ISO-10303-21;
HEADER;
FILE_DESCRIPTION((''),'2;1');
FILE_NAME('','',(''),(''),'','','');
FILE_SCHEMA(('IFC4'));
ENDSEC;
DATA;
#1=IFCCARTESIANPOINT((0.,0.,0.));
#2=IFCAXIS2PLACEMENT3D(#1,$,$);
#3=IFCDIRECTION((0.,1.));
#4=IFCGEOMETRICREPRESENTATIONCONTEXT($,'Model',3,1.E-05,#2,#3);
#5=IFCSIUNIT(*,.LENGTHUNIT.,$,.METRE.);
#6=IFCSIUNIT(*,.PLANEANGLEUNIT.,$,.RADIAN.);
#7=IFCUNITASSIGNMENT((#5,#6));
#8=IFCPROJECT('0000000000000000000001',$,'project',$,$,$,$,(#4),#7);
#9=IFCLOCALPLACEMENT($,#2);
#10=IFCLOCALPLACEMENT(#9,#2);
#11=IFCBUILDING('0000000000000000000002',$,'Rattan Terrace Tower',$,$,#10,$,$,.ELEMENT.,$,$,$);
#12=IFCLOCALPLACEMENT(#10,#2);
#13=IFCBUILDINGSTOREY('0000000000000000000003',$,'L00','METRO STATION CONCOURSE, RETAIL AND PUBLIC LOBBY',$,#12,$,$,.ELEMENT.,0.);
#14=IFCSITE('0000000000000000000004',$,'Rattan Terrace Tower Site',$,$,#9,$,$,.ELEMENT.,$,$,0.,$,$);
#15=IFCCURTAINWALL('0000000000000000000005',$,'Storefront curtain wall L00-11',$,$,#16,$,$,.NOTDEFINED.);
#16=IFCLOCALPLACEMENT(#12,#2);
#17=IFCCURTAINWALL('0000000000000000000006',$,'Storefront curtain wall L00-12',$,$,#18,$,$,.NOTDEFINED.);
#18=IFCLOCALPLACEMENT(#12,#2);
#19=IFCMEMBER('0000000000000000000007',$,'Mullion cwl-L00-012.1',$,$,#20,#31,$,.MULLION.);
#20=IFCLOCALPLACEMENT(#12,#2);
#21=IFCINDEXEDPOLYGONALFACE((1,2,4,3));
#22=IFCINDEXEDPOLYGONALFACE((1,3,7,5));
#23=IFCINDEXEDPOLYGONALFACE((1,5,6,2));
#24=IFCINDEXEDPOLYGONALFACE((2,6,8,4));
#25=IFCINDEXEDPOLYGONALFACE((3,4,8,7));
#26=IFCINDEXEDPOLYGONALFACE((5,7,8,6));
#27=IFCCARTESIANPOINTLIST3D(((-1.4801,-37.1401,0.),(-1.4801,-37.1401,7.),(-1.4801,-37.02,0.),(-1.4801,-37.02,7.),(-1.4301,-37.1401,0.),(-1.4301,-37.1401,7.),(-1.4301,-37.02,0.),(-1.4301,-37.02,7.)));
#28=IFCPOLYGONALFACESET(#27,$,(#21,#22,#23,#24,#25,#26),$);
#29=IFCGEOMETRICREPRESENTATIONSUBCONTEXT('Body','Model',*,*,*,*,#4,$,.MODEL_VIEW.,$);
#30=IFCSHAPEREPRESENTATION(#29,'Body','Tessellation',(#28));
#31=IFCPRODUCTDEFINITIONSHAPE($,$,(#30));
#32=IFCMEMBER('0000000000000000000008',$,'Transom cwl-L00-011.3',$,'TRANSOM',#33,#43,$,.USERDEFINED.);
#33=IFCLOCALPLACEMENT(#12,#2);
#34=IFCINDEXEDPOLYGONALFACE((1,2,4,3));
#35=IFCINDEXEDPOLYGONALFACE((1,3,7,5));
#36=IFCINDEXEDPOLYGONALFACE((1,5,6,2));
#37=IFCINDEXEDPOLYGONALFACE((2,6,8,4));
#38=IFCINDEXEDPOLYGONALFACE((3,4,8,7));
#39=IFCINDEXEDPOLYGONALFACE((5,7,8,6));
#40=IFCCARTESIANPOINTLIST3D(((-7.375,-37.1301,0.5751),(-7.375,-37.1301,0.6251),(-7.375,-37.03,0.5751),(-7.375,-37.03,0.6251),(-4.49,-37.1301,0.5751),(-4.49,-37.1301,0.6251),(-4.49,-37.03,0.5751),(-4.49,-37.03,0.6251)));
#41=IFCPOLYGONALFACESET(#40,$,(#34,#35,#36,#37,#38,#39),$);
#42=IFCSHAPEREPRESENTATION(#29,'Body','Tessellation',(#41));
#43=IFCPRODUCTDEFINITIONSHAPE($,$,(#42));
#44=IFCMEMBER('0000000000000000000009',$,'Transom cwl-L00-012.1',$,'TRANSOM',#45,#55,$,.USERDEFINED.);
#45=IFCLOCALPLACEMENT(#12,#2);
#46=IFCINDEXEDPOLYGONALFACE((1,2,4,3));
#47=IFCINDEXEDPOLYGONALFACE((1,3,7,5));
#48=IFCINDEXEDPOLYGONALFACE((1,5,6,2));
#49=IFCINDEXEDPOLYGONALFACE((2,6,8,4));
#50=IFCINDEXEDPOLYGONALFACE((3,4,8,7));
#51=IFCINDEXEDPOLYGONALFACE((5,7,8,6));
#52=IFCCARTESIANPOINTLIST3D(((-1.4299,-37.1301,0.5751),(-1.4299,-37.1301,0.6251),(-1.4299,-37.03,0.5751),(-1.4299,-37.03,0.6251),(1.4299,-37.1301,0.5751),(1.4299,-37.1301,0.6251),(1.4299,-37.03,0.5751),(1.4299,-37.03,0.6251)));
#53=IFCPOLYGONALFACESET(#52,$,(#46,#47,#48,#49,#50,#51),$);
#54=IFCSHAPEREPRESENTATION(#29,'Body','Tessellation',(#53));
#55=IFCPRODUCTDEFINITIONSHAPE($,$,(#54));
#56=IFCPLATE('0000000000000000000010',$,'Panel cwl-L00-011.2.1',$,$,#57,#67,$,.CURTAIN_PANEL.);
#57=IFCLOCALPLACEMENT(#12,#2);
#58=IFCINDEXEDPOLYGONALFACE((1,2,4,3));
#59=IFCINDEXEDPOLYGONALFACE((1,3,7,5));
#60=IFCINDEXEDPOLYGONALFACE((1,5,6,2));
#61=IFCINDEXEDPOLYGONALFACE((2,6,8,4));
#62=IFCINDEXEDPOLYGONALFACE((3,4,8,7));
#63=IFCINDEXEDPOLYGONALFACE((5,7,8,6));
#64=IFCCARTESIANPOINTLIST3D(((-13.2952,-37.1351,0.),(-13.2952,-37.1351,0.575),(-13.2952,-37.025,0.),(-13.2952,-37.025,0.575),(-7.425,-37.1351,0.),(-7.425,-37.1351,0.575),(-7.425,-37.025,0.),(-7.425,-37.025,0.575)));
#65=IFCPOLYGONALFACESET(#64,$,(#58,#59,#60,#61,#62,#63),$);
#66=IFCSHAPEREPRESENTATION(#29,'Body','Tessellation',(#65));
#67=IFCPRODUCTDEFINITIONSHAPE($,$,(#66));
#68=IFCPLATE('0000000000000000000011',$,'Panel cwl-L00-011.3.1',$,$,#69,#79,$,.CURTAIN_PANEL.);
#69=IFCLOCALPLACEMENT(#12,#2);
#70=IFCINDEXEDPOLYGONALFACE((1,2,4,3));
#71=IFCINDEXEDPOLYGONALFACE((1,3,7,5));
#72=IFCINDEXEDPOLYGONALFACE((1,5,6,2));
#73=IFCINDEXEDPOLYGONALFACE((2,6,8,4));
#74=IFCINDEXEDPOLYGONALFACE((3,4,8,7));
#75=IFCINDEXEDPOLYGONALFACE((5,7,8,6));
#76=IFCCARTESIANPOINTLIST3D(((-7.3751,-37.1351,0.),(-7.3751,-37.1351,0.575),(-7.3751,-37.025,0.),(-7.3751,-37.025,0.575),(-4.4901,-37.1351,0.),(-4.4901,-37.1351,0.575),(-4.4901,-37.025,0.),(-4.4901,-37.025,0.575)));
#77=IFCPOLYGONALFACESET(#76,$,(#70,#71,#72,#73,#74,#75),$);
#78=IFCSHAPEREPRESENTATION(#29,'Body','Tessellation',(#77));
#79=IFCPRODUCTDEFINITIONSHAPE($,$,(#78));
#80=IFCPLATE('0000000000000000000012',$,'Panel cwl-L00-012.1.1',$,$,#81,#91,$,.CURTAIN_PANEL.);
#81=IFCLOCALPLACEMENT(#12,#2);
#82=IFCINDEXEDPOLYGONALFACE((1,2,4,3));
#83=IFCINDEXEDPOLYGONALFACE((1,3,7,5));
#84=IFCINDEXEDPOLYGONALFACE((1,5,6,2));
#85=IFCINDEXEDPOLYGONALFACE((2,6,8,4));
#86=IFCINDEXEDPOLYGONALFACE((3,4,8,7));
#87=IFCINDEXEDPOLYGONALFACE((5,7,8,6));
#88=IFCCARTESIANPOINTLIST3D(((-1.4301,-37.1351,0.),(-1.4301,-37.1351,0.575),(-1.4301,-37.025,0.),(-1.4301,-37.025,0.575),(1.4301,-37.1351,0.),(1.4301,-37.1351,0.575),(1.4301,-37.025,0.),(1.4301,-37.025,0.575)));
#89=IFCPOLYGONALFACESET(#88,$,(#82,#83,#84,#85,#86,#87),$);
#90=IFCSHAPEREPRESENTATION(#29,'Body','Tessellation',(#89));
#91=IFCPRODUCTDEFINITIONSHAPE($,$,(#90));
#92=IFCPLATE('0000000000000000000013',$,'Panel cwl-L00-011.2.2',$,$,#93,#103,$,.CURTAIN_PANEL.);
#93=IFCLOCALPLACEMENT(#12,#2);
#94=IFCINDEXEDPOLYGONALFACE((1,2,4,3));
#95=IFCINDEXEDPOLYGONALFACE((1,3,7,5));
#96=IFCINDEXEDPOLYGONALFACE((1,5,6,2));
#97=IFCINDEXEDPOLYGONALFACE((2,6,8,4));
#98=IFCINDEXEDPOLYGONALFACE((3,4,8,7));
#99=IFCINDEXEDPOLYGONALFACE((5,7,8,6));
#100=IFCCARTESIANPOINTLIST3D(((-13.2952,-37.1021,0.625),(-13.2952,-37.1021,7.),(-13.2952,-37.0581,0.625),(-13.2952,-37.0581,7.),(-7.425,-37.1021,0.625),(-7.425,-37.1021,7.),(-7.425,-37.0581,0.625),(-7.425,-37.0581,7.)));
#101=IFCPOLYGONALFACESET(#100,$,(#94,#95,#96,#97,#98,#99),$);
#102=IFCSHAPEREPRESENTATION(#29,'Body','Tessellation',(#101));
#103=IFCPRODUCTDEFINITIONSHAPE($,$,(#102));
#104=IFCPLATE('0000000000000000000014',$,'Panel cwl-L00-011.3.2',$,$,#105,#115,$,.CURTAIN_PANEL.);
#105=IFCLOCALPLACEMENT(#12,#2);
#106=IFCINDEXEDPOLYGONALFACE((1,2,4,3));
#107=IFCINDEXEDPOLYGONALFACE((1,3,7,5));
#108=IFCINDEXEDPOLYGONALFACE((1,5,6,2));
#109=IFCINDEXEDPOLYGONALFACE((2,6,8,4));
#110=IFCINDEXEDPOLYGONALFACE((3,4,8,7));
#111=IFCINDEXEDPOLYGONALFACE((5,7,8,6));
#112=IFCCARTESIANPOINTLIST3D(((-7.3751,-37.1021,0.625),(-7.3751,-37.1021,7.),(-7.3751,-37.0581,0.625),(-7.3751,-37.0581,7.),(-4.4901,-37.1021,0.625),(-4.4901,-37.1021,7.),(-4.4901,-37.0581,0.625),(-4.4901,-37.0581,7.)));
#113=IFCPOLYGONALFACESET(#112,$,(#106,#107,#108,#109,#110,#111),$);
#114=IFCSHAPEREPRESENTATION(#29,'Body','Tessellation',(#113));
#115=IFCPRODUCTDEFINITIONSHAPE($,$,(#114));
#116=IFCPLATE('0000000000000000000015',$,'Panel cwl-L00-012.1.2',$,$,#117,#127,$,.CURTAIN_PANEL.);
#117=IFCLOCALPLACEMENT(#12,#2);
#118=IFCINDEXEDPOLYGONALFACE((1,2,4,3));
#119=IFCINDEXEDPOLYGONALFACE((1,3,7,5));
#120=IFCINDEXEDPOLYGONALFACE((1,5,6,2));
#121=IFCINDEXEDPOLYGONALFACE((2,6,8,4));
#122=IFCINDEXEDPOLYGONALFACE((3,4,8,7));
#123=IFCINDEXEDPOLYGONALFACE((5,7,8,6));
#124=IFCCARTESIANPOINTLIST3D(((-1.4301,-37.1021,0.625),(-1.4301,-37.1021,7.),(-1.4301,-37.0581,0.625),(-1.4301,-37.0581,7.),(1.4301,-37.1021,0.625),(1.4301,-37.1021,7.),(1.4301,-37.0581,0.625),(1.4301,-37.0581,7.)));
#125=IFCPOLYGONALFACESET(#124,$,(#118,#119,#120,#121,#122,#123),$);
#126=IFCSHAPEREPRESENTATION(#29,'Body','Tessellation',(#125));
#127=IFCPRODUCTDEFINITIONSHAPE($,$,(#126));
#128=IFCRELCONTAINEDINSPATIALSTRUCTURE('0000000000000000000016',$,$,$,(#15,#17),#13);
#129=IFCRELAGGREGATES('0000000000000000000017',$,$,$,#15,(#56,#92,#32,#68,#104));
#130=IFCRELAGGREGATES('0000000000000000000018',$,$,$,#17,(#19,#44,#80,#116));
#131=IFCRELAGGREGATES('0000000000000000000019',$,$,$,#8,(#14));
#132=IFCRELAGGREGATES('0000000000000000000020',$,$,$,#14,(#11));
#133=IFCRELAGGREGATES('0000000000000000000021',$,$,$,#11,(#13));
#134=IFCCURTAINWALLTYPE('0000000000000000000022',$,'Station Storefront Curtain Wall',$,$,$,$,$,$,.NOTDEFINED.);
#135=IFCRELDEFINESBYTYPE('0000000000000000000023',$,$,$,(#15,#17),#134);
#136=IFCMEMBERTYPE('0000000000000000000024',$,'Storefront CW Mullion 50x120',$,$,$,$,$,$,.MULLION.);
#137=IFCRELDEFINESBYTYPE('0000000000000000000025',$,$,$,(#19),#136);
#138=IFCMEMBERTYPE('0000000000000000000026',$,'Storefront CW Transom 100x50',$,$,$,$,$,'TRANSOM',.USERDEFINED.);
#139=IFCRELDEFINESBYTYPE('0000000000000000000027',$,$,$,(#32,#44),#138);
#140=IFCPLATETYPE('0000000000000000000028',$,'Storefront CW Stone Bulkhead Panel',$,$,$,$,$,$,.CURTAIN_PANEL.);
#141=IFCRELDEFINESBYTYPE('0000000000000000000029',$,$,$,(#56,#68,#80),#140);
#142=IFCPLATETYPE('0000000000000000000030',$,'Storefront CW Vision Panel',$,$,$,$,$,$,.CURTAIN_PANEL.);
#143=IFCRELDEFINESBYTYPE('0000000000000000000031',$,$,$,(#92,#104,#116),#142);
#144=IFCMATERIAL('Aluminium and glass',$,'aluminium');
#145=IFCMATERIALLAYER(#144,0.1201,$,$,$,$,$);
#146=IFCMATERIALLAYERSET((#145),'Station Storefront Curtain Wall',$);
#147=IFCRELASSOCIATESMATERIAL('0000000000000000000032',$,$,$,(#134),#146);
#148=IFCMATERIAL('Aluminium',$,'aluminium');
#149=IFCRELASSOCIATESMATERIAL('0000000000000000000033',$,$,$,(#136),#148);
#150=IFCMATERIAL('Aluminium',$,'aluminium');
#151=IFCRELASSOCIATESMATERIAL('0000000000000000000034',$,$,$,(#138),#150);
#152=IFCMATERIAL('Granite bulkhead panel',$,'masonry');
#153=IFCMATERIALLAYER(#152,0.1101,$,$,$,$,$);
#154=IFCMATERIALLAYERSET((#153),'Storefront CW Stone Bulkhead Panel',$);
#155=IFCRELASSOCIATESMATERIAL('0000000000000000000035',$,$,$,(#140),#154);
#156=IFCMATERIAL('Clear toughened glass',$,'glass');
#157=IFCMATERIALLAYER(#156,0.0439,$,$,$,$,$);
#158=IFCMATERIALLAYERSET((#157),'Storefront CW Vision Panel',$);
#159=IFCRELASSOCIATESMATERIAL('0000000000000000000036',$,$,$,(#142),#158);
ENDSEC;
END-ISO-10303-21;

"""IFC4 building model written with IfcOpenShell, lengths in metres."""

from ifc_helpers import new_model, si_unit, direction, frame, origin, origin_2d, place, context, subcontext, project, spatial, rectangle, extrude, material, layer, layer_set, material_profile, profile_set, type_object, element, aggregate, save


model = new_model("IFC4")

# Units and contexts
model_context = context("Model", 3, precision=1e-05, world=origin(), true_north=direction((0.0, 1.0)))
body_context = subcontext(model_context, "Body", "Model", "MODEL_VIEW")
ifc_project = project(units=[si_unit("LENGTHUNIT", "METRE"), si_unit("PLANEANGLEUNIT", "RADIAN")], contexts=[model_context])

# Site, building, storey
site_placement = place(None, origin())
site = spatial("IfcSite", under=ifc_project, at=site_placement, Name="Rattan Terrace Tower Site", CompositionType="ELEMENT", RefElevation=0.0)
building_placement = place(site_placement, origin())
building = spatial("IfcBuilding", under=site, at=building_placement, Name="Rattan Terrace Tower", CompositionType="ELEMENT")
storey_placement = place(building_placement, origin())
storey = spatial("IfcBuildingStorey", under=building, at=storey_placement, Name="L00", Description="METRO STATION CONCOURSE, RETAIL AND PUBLIC LOBBY", CompositionType="ELEMENT", Elevation=0.0)

# Curtain wall
ifc_material_1 = material(Name="Aluminium and glass", Category="aluminium")
ifc_layer_1 = layer(ifc_material_1, 0.1201)
ifc_layer_set_1 = layer_set([ifc_layer_1], Name="Station Storefront Curtain Wall")
curtain_wall_type = type_object("IfcCurtainWallType", Name="Station Storefront Curtain Wall", PredefinedType="NOTDEFINED", material=ifc_layer_set_1)
curtain_wall_1_placement = place(storey_placement, origin())
curtain_wall_1 = element("IfcCurtainWall", 1, at=curtain_wall_1_placement, inside=storey, type_object=curtain_wall_type, Name="Storefront curtain wall L00-11", PredefinedType="NOTDEFINED")
ifc_material_2 = material(Name="Aluminium", Category="aluminium")
ifc_material_profile_1 = material_profile(ifc_material_2, rectangle(XDim=0.05, YDim=0.1201, at=origin_2d()), Name="Aluminium 50x120")
ifc_profile_set_1 = profile_set([ifc_material_profile_1], Name="Aluminium")
member_type_1 = type_object("IfcMemberType", Name="Storefront CW Mullion 50x120", PredefinedType="MULLION", material=ifc_profile_set_1)

# Curtain wall, member
curtain_wall_2_placement = place(storey_placement, origin())
curtain_wall_2 = element("IfcCurtainWall", 2, at=curtain_wall_2_placement, inside=storey, type_object=curtain_wall_type, Name="Storefront curtain wall L00-12", PredefinedType="NOTDEFINED")
member_1_placement = place(storey_placement, frame((-1.4551, -37.0801, 0.0), z_axis=(0.0, 0.0, 1.0), x_axis=(1.0, 0.0, 0.0)))
member_1 = element("IfcMember", 3, at=member_1_placement, type_object=member_type_1, Name="Mullion cwl-L00-012.1", PredefinedType="MULLION", context=body_context, shape_type="SweptSolid", body=[
    extrude(rectangle(XDim=0.05, YDim=0.1201, at=origin_2d()), origin(), (0.0, 0.0, 1.0), 7.0),
])

# Members
ifc_material_3 = material(Name="Aluminium", Category="aluminium")
ifc_material_profile_2 = material_profile(ifc_material_3, rectangle(XDim=0.1001, YDim=0.05, at=origin_2d()), Name="Aluminium 100x50")
ifc_profile_set_2 = profile_set([ifc_material_profile_2], Name="Aluminium")
member_type_2 = type_object("IfcMemberType", Name="Storefront CW Transom 100x50", ElementType="TRANSOM", PredefinedType="USERDEFINED", material=ifc_profile_set_2)
member_2_placement = place(storey_placement, frame((-7.375, -37.0801, 0.6001), z_axis=(1.0, 0.0, 0.0), x_axis=(0.0, 1.0, 0.0)))
member_2 = element("IfcMember", 4, at=member_2_placement, type_object=member_type_2, Name="Transom cwl-L00-011.3", ObjectType="TRANSOM", PredefinedType="USERDEFINED", context=body_context, shape_type="SweptSolid", body=[
    extrude(rectangle(XDim=0.1001, YDim=0.05, at=origin_2d()), origin(), (0.0, 0.0, 1.0), 2.885),
])
member_3_placement = place(storey_placement, frame((-1.4299, -37.0801, 0.6001), z_axis=(1.0, 0.0, 0.0), x_axis=(0.0, 1.0, 0.0)))
member_3 = element("IfcMember", 5, at=member_3_placement, type_object=member_type_2, Name="Transom cwl-L00-012.1", ObjectType="TRANSOM", PredefinedType="USERDEFINED", context=body_context, shape_type="SweptSolid", body=[
    extrude(rectangle(XDim=0.1001, YDim=0.05, at=origin_2d()), origin(), (0.0, 0.0, 1.0), 2.8599),
])

# Plates
ifc_material_4 = material(Name="Granite bulkhead panel", Category="masonry")
ifc_layer_2 = layer(ifc_material_4, 0.1101)
ifc_layer_set_2 = layer_set([ifc_layer_2], Name="Storefront CW Stone Bulkhead Panel")
plate_type_1 = type_object("IfcPlateType", Name="Storefront CW Stone Bulkhead Panel", PredefinedType="CURTAIN_PANEL", material=ifc_layer_set_2)
plate_1_placement = place(storey_placement, frame((-10.3601, -37.0801, 0.0), z_axis=(0.0, 0.0, 1.0), x_axis=(1.0, 0.0, 0.0)))
plate_1 = element("IfcPlate", 6, at=plate_1_placement, type_object=plate_type_1, Name="Panel cwl-L00-011.2.1", PredefinedType="CURTAIN_PANEL", context=body_context, shape_type="SweptSolid", body=[
    extrude(rectangle(XDim=5.8701, YDim=0.1101, at=origin_2d()), origin(), (0.0, 0.0, 1.0), 0.575),
])
plate_2_placement = place(storey_placement, frame((-5.9326, -37.0801, 0.0), z_axis=(0.0, 0.0, 1.0), x_axis=(1.0, 0.0, 0.0)))
plate_2 = element("IfcPlate", 7, at=plate_2_placement, type_object=plate_type_1, Name="Panel cwl-L00-011.3.1", PredefinedType="CURTAIN_PANEL", context=body_context, shape_type="SweptSolid", body=[
    extrude(rectangle(XDim=2.885, YDim=0.1101, at=origin_2d()), origin(), (0.0, 0.0, 1.0), 0.575),
])
plate_3_placement = place(storey_placement, frame((0.0, -37.0801, 0.0), z_axis=(0.0, 0.0, 1.0), x_axis=(1.0, 0.0, 0.0)))
plate_3 = element("IfcPlate", 8, at=plate_3_placement, type_object=plate_type_1, Name="Panel cwl-L00-012.1.1", PredefinedType="CURTAIN_PANEL", context=body_context, shape_type="SweptSolid", body=[
    extrude(rectangle(XDim=2.8601, YDim=0.1101, at=origin_2d()), origin(), (0.0, 0.0, 1.0), 0.575),
])
ifc_material_5 = material(Name="Clear toughened glass", Category="glass")
ifc_layer_3 = layer(ifc_material_5, 0.0439)
ifc_layer_set_3 = layer_set([ifc_layer_3], Name="Storefront CW Vision Panel")
plate_type_2 = type_object("IfcPlateType", Name="Storefront CW Vision Panel", PredefinedType="CURTAIN_PANEL", material=ifc_layer_set_3)
plate_4_placement = place(storey_placement, frame((-10.3601, -37.0801, 0.625), z_axis=(0.0, 0.0, 1.0), x_axis=(1.0, 0.0, 0.0)))
plate_4 = element("IfcPlate", 9, at=plate_4_placement, type_object=plate_type_2, Name="Panel cwl-L00-011.2.2", PredefinedType="CURTAIN_PANEL", context=body_context, shape_type="SweptSolid", body=[
    extrude(rectangle(XDim=5.8701, YDim=0.0439, at=origin_2d()), origin(), (0.0, 0.0, 1.0), 6.375),
])
plate_5_placement = place(storey_placement, frame((-5.9326, -37.0801, 0.625), z_axis=(0.0, 0.0, 1.0), x_axis=(1.0, 0.0, 0.0)))
plate_5 = element("IfcPlate", 10, at=plate_5_placement, type_object=plate_type_2, Name="Panel cwl-L00-011.3.2", PredefinedType="CURTAIN_PANEL", context=body_context, shape_type="SweptSolid", body=[
    extrude(rectangle(XDim=2.885, YDim=0.0439, at=origin_2d()), origin(), (0.0, 0.0, 1.0), 6.375),
])
aggregate(curtain_wall_1, [plate_1, plate_4, member_2, plate_2, plate_5])
plate_6_placement = place(storey_placement, frame((0.0, -37.0801, 0.625), z_axis=(0.0, 0.0, 1.0), x_axis=(1.0, 0.0, 0.0)))
plate_6 = element("IfcPlate", 11, at=plate_6_placement, type_object=plate_type_2, Name="Panel cwl-L00-012.1.2", PredefinedType="CURTAIN_PANEL", context=body_context, shape_type="SweptSolid", body=[
    extrude(rectangle(XDim=2.8601, YDim=0.0439, at=origin_2d()), origin(), (0.0, 0.0, 1.0), 6.375),
])
aggregate(curtain_wall_2, [member_1, member_3, plate_3, plate_6])

save(model, "model.ifc")
